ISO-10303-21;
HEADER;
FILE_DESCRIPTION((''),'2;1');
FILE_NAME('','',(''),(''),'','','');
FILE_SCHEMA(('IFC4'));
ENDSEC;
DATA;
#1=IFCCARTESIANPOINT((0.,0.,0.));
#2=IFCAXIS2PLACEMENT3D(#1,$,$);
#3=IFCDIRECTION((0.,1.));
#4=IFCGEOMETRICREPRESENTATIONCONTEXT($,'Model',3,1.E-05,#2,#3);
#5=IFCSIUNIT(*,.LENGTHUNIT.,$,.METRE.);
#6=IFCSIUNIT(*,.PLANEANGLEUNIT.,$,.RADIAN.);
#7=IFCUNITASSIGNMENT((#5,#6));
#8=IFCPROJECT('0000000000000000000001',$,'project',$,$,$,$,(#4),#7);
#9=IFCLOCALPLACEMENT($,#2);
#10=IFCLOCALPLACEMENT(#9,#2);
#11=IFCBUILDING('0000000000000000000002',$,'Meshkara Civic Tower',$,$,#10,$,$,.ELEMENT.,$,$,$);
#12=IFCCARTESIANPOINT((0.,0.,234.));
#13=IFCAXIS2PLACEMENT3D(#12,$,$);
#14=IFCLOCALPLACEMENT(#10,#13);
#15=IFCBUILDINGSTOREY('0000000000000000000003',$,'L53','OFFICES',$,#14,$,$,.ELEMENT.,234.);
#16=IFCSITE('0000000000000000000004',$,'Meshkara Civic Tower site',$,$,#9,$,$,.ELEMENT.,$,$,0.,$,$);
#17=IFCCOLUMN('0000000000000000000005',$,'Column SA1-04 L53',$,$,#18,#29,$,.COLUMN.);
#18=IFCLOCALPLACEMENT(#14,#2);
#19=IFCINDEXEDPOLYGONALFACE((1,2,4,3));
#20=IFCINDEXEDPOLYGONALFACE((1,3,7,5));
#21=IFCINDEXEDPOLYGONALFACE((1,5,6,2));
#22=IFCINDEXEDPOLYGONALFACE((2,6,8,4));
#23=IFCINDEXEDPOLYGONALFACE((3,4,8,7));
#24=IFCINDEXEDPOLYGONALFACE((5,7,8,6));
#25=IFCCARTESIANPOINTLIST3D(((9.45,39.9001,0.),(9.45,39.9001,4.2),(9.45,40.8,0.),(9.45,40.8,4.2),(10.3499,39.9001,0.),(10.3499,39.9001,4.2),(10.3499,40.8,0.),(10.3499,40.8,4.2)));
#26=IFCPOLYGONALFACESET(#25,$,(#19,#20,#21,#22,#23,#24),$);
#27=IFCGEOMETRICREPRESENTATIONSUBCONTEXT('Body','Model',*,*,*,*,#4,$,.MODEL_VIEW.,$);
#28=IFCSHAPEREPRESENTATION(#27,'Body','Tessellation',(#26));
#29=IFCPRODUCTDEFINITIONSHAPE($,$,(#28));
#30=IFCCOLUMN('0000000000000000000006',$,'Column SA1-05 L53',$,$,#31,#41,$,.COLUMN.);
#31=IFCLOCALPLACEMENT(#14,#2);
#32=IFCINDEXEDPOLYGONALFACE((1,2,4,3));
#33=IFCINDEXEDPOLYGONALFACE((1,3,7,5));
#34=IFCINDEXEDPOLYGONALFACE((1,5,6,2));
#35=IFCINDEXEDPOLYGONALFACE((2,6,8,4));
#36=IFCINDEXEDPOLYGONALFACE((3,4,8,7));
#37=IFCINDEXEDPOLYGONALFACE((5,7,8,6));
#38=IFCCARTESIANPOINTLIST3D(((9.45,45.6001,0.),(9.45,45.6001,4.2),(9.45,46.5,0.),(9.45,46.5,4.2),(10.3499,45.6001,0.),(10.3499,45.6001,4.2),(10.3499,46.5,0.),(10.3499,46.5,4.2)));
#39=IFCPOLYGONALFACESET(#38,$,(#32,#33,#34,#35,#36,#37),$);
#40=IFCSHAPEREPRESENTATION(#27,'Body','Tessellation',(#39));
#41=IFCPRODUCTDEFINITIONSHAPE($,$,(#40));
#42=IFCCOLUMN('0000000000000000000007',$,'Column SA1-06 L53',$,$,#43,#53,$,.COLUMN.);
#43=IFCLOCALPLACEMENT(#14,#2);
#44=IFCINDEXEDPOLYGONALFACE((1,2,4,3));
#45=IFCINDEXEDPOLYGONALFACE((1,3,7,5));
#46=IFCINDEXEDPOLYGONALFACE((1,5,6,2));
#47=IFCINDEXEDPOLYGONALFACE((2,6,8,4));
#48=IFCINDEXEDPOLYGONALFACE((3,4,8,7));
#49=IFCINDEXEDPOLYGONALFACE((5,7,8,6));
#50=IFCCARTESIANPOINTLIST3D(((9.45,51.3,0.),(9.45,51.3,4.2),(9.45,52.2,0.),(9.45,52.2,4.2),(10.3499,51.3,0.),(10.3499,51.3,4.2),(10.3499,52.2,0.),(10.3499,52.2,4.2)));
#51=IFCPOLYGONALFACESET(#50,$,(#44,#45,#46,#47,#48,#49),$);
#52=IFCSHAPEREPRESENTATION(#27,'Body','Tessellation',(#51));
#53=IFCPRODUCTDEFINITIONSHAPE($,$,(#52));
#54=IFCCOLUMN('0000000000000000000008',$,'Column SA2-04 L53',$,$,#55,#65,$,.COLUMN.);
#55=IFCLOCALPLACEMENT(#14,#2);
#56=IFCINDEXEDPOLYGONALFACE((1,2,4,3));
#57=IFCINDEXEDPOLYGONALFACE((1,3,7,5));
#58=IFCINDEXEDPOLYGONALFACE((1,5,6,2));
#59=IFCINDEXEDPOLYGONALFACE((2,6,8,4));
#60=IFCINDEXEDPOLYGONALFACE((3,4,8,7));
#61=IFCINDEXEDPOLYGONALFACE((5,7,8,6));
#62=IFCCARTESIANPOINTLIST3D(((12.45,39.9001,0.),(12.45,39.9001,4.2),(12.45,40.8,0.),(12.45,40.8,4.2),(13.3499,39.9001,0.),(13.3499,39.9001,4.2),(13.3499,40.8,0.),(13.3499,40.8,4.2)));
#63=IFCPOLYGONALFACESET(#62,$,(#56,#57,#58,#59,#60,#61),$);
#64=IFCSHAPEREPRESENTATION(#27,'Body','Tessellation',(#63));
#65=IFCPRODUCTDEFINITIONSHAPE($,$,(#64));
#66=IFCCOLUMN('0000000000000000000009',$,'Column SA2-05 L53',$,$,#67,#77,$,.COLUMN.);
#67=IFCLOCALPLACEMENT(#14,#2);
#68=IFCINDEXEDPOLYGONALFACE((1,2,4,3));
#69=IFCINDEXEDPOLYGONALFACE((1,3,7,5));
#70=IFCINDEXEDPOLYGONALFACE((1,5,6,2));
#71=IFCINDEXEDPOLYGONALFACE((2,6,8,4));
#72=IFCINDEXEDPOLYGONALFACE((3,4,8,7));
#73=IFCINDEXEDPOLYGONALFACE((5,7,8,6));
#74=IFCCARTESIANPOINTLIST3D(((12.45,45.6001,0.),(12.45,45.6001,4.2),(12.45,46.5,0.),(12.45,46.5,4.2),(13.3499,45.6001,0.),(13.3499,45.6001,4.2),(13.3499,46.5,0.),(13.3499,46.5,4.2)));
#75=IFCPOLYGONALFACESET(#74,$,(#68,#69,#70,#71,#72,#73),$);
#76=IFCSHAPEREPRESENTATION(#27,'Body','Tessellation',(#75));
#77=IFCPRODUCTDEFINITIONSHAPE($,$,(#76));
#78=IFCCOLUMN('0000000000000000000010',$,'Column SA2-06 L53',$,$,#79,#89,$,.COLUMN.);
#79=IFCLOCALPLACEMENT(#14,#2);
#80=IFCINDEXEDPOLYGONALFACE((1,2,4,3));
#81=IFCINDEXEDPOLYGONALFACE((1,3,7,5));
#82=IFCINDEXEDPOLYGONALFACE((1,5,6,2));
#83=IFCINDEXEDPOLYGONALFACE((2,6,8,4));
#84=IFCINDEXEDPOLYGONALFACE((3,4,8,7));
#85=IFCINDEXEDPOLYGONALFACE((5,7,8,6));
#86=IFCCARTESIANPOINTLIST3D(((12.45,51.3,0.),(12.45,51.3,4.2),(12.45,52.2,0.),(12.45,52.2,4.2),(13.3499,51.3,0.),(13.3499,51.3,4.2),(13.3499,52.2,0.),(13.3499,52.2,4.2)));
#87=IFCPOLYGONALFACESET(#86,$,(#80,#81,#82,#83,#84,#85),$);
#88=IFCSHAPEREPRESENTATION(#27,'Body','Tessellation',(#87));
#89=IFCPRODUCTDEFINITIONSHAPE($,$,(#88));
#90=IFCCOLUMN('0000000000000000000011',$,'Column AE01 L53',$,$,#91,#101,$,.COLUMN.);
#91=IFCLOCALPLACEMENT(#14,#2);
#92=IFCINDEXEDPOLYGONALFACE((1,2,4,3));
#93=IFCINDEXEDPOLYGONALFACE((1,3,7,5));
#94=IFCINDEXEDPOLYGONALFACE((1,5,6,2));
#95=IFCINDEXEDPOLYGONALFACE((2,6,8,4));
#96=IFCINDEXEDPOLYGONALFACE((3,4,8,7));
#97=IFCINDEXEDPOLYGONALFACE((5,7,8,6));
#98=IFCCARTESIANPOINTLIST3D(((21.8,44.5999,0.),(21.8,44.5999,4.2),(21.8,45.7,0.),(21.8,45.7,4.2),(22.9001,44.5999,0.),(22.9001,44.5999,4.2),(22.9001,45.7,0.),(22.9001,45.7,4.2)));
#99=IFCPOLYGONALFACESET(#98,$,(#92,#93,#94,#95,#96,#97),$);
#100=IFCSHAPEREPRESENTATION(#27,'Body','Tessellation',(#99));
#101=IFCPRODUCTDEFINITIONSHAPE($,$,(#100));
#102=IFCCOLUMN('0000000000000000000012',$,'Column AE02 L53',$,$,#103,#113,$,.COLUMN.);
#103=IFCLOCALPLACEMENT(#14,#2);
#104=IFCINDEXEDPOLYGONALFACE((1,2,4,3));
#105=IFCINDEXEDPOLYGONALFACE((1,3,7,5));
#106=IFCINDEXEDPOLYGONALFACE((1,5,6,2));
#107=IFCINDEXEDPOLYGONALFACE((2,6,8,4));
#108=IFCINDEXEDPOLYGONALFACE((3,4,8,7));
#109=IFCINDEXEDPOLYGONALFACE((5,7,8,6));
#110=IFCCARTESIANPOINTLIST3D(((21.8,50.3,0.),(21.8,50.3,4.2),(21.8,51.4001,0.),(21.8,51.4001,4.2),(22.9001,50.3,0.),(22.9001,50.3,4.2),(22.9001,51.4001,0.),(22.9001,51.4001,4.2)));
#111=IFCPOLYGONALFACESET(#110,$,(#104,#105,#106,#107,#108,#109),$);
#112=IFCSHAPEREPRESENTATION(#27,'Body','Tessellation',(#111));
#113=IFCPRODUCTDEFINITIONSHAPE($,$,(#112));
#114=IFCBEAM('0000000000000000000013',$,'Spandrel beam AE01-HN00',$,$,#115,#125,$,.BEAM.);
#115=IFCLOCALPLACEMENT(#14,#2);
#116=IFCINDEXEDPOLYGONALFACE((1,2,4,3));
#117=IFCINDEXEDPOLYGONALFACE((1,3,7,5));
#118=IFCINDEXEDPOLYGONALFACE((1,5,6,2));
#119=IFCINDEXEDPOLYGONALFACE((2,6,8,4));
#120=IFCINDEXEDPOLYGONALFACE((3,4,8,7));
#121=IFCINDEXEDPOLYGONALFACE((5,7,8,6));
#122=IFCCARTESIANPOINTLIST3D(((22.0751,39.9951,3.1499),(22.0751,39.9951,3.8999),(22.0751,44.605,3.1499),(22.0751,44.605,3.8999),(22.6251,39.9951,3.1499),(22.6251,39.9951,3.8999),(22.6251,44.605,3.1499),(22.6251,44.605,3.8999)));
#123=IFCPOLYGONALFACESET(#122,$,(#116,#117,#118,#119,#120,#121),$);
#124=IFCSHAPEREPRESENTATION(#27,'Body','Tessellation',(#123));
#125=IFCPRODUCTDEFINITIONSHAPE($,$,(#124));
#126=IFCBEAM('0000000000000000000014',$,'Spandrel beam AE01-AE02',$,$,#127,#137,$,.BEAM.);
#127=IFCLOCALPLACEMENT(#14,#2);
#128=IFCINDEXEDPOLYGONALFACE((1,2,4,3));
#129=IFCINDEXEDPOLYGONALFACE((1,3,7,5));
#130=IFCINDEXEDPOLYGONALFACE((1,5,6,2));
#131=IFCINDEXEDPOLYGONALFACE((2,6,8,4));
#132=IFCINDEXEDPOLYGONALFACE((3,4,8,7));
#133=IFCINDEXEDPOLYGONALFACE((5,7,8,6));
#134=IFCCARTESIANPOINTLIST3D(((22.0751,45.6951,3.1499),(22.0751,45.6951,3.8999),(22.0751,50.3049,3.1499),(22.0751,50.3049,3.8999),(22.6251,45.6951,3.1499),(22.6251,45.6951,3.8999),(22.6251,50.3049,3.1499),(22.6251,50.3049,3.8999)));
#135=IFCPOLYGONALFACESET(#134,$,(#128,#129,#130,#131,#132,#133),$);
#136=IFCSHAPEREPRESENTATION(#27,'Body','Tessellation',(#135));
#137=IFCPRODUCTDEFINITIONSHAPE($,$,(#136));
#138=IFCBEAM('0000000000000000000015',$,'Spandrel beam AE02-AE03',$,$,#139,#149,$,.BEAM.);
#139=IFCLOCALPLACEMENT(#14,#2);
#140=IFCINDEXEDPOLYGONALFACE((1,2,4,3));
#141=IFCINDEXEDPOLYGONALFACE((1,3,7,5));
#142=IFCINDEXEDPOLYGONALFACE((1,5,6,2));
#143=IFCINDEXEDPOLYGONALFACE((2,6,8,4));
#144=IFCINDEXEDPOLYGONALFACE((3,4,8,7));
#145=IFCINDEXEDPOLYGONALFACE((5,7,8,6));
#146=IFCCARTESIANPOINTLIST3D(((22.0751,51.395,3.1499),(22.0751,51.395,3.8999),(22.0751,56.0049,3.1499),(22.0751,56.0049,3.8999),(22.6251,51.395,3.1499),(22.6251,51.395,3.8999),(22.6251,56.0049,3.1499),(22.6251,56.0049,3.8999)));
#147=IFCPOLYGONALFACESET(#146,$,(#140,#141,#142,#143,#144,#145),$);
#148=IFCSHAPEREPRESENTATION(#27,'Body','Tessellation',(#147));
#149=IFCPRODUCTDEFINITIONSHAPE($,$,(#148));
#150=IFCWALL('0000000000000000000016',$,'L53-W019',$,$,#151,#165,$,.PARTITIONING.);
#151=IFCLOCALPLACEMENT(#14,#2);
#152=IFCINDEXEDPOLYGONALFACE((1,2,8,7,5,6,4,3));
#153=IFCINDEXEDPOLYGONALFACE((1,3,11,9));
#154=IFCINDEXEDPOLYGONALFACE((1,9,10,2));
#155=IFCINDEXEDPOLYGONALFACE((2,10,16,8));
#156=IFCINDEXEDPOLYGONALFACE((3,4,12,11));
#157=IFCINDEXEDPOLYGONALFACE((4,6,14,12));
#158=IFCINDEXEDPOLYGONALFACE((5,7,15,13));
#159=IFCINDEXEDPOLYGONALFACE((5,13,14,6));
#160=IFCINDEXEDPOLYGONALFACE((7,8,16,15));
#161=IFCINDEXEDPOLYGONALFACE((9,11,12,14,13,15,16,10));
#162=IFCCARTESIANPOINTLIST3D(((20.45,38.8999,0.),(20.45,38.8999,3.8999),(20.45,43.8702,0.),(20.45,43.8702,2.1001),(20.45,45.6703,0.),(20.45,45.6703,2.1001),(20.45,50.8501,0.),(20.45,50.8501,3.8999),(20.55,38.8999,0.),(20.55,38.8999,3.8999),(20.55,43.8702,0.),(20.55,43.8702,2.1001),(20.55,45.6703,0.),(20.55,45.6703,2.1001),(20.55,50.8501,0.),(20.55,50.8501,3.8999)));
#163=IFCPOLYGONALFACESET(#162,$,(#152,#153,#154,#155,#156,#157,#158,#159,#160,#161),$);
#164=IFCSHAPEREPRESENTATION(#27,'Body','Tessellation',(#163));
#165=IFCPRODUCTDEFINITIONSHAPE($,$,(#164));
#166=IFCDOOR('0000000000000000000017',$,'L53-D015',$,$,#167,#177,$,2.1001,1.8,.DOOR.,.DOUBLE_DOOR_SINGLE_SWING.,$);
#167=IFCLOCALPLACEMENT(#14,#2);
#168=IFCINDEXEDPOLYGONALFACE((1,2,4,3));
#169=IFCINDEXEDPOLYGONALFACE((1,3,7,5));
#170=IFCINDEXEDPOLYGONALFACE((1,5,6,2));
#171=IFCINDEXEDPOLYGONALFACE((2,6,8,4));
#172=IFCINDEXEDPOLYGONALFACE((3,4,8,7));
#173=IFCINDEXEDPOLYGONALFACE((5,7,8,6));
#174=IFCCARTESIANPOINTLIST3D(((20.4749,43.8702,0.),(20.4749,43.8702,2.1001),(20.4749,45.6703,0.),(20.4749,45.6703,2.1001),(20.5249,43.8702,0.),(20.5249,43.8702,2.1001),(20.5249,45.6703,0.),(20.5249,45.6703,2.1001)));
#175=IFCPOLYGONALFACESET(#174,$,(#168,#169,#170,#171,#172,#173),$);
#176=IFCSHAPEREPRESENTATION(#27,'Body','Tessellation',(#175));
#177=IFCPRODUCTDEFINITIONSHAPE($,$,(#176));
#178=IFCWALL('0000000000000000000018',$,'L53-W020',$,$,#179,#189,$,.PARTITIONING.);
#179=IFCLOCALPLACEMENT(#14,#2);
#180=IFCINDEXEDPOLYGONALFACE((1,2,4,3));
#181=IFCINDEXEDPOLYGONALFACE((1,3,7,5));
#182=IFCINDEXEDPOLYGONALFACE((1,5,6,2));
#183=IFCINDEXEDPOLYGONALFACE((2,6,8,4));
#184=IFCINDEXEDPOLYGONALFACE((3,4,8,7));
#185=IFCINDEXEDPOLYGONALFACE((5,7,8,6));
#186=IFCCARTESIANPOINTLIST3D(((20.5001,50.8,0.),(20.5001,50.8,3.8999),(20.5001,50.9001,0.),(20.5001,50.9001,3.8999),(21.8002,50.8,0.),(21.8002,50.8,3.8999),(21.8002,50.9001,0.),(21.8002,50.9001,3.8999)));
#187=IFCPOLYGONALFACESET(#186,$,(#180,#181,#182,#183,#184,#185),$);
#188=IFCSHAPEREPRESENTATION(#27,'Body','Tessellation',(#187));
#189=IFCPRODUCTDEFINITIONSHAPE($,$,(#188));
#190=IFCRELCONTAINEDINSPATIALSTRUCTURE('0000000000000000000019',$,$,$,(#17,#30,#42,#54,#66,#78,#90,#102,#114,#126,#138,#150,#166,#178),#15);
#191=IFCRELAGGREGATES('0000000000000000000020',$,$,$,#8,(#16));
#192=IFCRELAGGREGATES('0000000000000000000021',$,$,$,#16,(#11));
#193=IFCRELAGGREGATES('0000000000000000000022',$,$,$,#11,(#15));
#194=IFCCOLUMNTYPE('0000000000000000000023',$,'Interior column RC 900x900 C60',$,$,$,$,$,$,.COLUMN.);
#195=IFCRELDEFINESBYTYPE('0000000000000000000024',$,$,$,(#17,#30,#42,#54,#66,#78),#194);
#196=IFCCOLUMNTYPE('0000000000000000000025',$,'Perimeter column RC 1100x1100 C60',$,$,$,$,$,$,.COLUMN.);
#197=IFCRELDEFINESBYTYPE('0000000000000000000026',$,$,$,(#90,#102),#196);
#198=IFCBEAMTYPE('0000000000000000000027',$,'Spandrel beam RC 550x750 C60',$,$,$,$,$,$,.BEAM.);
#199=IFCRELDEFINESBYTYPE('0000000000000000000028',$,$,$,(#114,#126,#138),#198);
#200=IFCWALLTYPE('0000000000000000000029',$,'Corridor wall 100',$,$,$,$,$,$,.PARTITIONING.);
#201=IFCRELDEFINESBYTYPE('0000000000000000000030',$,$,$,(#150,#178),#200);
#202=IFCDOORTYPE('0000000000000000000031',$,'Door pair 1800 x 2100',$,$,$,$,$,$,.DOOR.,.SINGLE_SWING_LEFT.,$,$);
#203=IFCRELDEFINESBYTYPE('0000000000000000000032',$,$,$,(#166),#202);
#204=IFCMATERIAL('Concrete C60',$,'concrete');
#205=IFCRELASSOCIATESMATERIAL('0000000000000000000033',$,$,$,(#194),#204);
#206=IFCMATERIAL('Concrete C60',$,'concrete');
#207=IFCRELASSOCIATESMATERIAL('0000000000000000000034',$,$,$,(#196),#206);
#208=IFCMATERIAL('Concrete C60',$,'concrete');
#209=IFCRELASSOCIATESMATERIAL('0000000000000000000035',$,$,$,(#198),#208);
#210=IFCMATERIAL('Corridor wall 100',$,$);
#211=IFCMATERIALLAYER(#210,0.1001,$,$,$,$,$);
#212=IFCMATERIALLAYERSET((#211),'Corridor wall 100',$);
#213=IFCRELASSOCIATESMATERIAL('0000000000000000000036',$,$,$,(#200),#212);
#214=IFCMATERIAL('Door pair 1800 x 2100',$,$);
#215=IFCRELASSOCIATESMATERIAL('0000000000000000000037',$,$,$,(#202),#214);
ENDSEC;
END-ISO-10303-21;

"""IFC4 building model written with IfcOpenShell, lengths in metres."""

from ifc_helpers import new_model, si_unit, direction, frame, frame_2d, origin, origin_2d, place, context, subcontext, project, spatial, rectangle, extrude, material, layer, layer_set, material_profile, profile_set, type_object, element, fill, save


model = new_model("IFC4")

# Units and contexts
model_context = context("Model", 3, precision=1e-05, world=origin(), true_north=direction((0.0, 1.0)))
body_context = subcontext(model_context, "Body", "Model", "MODEL_VIEW")
ifc_project = project(units=[si_unit("LENGTHUNIT", "METRE"), si_unit("PLANEANGLEUNIT", "RADIAN")], contexts=[model_context])

# Site, building, storey
site_placement = place(None, origin())
site = spatial("IfcSite", under=ifc_project, at=site_placement, Name="Meshkara Civic Tower site", CompositionType="ELEMENT", RefElevation=0.0)
building_placement = place(site_placement, origin())
building = spatial("IfcBuilding", under=site, at=building_placement, Name="Meshkara Civic Tower", CompositionType="ELEMENT")
storey_placement = place(building_placement, frame((0.0, 0.0, 234.0)))
storey = spatial("IfcBuildingStorey", under=building, at=storey_placement, Name="L53", Description="OFFICES", CompositionType="ELEMENT", Elevation=234.0)

# Columns
ifc_material_1 = material(Name="Concrete C60", Category="concrete")
ifc_material_profile_1 = material_profile(ifc_material_1, rectangle(XDim=0.8999, YDim=0.8999, at=origin_2d()))
ifc_profile_set_1 = profile_set([ifc_material_profile_1], Name="Concrete C60")
column_type_1 = type_object("IfcColumnType", Name="Interior column RC 900x900 C60", PredefinedType="COLUMN", material=ifc_profile_set_1)
for number, where, z_axis, x_axis, name in (
    (1, (9.8999, 40.3501, 0.0), (0.0, 0.0, 1.0), (1.0, 0.0, 0.0), "Column SA1-04 L53"),
    (2, (9.8999, 46.05, 0.0), (0.0, 0.0, 1.0), (1.0, 0.0, 0.0), "Column SA1-05 L53"),
    (3, (9.8999, 51.75, 0.0), (0.0, 0.0, 1.0), (1.0, 0.0, 0.0), "Column SA1-06 L53"),
    (4, (12.8999, 40.3501, 0.0), (0.0, 0.0, 1.0), (1.0, 0.0, 0.0), "Column SA2-04 L53"),
    (5, (12.8999, 46.05, 0.0), (0.0, 0.0, 1.0), (1.0, 0.0, 0.0), "Column SA2-05 L53"),
    (6, (12.8999, 51.75, 0.0), (0.0, 0.0, 1.0), (1.0, 0.0, 0.0), "Column SA2-06 L53"),
):
    element("IfcColumn", number, at=place(storey_placement, frame(where, z_axis=z_axis, x_axis=x_axis)), inside=storey, type_object=column_type_1, Name=name, PredefinedType="COLUMN", context=body_context, shape_type="SweptSolid", body=[
        extrude(rectangle(XDim=0.8999, YDim=0.8999, at=origin_2d()), origin(), (0.0, 0.0, 1.0), 4.2),
    ])
ifc_material_2 = material(Name="Concrete C60", Category="concrete")
ifc_material_profile_2 = material_profile(ifc_material_2, rectangle(XDim=1.1001, YDim=1.1001, at=origin_2d()))
ifc_profile_set_2 = profile_set([ifc_material_profile_2], Name="Concrete C60")
column_type_2 = type_object("IfcColumnType", Name="Perimeter column RC 1100x1100 C60", PredefinedType="COLUMN", material=ifc_profile_set_2)
for number, where, z_axis, x_axis, name in (
    (7, (22.3501, 45.1499, 0.0), (0.0, 0.0, 1.0), (1.0, 0.0, 0.0), "Column AE01 L53"),
    (8, (22.3501, 50.8501, 0.0), (0.0, 0.0, 1.0), (1.0, 0.0, 0.0), "Column AE02 L53"),
):
    element("IfcColumn", number, at=place(storey_placement, frame(where, z_axis=z_axis, x_axis=x_axis)), inside=storey, type_object=column_type_2, Name=name, PredefinedType="COLUMN", context=body_context, shape_type="SweptSolid", body=[
        extrude(rectangle(XDim=1.1001, YDim=1.1001, at=origin_2d()), origin(), (0.0, 0.0, 1.0), 4.2),
    ])

# Beams
ifc_material_3 = material(Name="Concrete C60", Category="concrete")
ifc_material_profile_3 = material_profile(ifc_material_3, rectangle(XDim=0.55, YDim=0.75, at=origin_2d()))
ifc_profile_set_3 = profile_set([ifc_material_profile_3], Name="Concrete C60")
beam_type = type_object("IfcBeamType", Name="Spandrel beam RC 550x750 C60", PredefinedType="BEAM", material=ifc_profile_set_3)
for number, where, z_axis, x_axis, name in (
    (9, (22.3501, 39.9951, 3.5249), (0.0, 1.0, 0.0), (-1.0, 0.0, 0.0), "Spandrel beam AE01-HN00"),
    (10, (22.3501, 45.6951, 3.5249), (0.0, 1.0, 0.0), (-1.0, 0.0, 0.0), "Spandrel beam AE01-AE02"),
    (11, (22.3501, 51.395, 3.5249), (0.0, 1.0, 0.0), (-1.0, 0.0, 0.0), "Spandrel beam AE02-AE03"),
):
    element("IfcBeam", number, at=place(storey_placement, frame(where, z_axis=z_axis, x_axis=x_axis)), inside=storey, type_object=beam_type, Name=name, PredefinedType="BEAM", context=body_context, shape_type="SweptSolid", body=[
        extrude(rectangle(XDim=0.55, YDim=0.75, at=origin_2d()), origin(), (0.0, 0.0, 1.0), 4.6099),
    ])

# Wall, opening, door
ifc_material_4 = material(Name="Corridor wall 100")
ifc_layer_1 = layer(ifc_material_4, 0.1001)
ifc_layer_set_1 = layer_set([ifc_layer_1], Name="Corridor wall 100")
wall_type_1 = type_object("IfcWallType", Name="Corridor wall 100", PredefinedType="PARTITIONING", material=ifc_layer_set_1)
wall_1_placement = place(storey_placement, frame((20.5, 50.8501, 0.0), z_axis=(0.0, 0.0, 1.0), x_axis=(0.0, -1.0, 0.0)))
wall_1 = element("IfcWall", 12, at=wall_1_placement, inside=storey, type_object=wall_type_1, Name="L53-W019", PredefinedType="PARTITIONING", context=body_context, shape_type="SweptSolid", body=[
    extrude(rectangle(XDim=11.9502, YDim=0.1001, at=frame_2d((5.9751, 0.0))), origin(), (0.0, 0.0, 1.0), 3.8999),
])
opening_1_placement = place(wall_1_placement, frame((5.1799, 0.0, 0.0)))
opening_1 = element("IfcOpeningElement", 13, at=opening_1_placement, cuts=wall_1, PredefinedType="OPENING", context=body_context, shape_type="SweptSolid", body=[
    extrude(rectangle(XDim=1.8, YDim=2.1001, at=frame_2d((0.8999, 1.05))), frame((0.0, 0.0601, 0.0), z_axis=(0.0, -1.0, 0.0), x_axis=(1.0, 0.0, 0.0)), (0.0, 0.0, 1.0), 0.1201),
])
ifc_material_5 = material(Name="Door pair 1800 x 2100")
door_type = type_object("IfcDoorType", Name="Door pair 1800 x 2100", OperationType="SINGLE_SWING_LEFT", PredefinedType="DOOR", material=ifc_material_5)
door_placement = place(opening_1_placement, origin())
door = element("IfcDoor", 14, at=door_placement, inside=storey, type_object=door_type, Name="L53-D015", OperationType="DOUBLE_DOOR_SINGLE_SWING", OverallHeight=2.1001, OverallWidth=1.8, PredefinedType="DOOR", context=body_context, shape_type="SweptSolid", body=[
    extrude(rectangle(XDim=1.8, YDim=2.1001, at=frame_2d((0.8999, 1.05))), frame((0.0, 0.0249, 0.0), z_axis=(0.0, -1.0, 0.0), x_axis=(1.0, 0.0, 0.0)), (0.0, 0.0, 1.0), 0.05),
])
fill(opening_1, door)

# Wall
wall_2_placement = place(storey_placement, frame((21.8, 50.8501, 0.0), z_axis=(0.0, 0.0, 1.0), x_axis=(-1.0, 0.0, 0.0)))
element("IfcWall", 15, at=wall_2_placement, inside=storey, type_object=wall_type_1, Name="L53-W020", PredefinedType="PARTITIONING", context=body_context, shape_type="SweptSolid", body=[
    extrude(rectangle(XDim=1.3, YDim=0.1001, at=frame_2d((0.6499, 0.0))), origin(), (0.0, 0.0, 1.0), 3.8999),
])

save(model, "model.ifc")
